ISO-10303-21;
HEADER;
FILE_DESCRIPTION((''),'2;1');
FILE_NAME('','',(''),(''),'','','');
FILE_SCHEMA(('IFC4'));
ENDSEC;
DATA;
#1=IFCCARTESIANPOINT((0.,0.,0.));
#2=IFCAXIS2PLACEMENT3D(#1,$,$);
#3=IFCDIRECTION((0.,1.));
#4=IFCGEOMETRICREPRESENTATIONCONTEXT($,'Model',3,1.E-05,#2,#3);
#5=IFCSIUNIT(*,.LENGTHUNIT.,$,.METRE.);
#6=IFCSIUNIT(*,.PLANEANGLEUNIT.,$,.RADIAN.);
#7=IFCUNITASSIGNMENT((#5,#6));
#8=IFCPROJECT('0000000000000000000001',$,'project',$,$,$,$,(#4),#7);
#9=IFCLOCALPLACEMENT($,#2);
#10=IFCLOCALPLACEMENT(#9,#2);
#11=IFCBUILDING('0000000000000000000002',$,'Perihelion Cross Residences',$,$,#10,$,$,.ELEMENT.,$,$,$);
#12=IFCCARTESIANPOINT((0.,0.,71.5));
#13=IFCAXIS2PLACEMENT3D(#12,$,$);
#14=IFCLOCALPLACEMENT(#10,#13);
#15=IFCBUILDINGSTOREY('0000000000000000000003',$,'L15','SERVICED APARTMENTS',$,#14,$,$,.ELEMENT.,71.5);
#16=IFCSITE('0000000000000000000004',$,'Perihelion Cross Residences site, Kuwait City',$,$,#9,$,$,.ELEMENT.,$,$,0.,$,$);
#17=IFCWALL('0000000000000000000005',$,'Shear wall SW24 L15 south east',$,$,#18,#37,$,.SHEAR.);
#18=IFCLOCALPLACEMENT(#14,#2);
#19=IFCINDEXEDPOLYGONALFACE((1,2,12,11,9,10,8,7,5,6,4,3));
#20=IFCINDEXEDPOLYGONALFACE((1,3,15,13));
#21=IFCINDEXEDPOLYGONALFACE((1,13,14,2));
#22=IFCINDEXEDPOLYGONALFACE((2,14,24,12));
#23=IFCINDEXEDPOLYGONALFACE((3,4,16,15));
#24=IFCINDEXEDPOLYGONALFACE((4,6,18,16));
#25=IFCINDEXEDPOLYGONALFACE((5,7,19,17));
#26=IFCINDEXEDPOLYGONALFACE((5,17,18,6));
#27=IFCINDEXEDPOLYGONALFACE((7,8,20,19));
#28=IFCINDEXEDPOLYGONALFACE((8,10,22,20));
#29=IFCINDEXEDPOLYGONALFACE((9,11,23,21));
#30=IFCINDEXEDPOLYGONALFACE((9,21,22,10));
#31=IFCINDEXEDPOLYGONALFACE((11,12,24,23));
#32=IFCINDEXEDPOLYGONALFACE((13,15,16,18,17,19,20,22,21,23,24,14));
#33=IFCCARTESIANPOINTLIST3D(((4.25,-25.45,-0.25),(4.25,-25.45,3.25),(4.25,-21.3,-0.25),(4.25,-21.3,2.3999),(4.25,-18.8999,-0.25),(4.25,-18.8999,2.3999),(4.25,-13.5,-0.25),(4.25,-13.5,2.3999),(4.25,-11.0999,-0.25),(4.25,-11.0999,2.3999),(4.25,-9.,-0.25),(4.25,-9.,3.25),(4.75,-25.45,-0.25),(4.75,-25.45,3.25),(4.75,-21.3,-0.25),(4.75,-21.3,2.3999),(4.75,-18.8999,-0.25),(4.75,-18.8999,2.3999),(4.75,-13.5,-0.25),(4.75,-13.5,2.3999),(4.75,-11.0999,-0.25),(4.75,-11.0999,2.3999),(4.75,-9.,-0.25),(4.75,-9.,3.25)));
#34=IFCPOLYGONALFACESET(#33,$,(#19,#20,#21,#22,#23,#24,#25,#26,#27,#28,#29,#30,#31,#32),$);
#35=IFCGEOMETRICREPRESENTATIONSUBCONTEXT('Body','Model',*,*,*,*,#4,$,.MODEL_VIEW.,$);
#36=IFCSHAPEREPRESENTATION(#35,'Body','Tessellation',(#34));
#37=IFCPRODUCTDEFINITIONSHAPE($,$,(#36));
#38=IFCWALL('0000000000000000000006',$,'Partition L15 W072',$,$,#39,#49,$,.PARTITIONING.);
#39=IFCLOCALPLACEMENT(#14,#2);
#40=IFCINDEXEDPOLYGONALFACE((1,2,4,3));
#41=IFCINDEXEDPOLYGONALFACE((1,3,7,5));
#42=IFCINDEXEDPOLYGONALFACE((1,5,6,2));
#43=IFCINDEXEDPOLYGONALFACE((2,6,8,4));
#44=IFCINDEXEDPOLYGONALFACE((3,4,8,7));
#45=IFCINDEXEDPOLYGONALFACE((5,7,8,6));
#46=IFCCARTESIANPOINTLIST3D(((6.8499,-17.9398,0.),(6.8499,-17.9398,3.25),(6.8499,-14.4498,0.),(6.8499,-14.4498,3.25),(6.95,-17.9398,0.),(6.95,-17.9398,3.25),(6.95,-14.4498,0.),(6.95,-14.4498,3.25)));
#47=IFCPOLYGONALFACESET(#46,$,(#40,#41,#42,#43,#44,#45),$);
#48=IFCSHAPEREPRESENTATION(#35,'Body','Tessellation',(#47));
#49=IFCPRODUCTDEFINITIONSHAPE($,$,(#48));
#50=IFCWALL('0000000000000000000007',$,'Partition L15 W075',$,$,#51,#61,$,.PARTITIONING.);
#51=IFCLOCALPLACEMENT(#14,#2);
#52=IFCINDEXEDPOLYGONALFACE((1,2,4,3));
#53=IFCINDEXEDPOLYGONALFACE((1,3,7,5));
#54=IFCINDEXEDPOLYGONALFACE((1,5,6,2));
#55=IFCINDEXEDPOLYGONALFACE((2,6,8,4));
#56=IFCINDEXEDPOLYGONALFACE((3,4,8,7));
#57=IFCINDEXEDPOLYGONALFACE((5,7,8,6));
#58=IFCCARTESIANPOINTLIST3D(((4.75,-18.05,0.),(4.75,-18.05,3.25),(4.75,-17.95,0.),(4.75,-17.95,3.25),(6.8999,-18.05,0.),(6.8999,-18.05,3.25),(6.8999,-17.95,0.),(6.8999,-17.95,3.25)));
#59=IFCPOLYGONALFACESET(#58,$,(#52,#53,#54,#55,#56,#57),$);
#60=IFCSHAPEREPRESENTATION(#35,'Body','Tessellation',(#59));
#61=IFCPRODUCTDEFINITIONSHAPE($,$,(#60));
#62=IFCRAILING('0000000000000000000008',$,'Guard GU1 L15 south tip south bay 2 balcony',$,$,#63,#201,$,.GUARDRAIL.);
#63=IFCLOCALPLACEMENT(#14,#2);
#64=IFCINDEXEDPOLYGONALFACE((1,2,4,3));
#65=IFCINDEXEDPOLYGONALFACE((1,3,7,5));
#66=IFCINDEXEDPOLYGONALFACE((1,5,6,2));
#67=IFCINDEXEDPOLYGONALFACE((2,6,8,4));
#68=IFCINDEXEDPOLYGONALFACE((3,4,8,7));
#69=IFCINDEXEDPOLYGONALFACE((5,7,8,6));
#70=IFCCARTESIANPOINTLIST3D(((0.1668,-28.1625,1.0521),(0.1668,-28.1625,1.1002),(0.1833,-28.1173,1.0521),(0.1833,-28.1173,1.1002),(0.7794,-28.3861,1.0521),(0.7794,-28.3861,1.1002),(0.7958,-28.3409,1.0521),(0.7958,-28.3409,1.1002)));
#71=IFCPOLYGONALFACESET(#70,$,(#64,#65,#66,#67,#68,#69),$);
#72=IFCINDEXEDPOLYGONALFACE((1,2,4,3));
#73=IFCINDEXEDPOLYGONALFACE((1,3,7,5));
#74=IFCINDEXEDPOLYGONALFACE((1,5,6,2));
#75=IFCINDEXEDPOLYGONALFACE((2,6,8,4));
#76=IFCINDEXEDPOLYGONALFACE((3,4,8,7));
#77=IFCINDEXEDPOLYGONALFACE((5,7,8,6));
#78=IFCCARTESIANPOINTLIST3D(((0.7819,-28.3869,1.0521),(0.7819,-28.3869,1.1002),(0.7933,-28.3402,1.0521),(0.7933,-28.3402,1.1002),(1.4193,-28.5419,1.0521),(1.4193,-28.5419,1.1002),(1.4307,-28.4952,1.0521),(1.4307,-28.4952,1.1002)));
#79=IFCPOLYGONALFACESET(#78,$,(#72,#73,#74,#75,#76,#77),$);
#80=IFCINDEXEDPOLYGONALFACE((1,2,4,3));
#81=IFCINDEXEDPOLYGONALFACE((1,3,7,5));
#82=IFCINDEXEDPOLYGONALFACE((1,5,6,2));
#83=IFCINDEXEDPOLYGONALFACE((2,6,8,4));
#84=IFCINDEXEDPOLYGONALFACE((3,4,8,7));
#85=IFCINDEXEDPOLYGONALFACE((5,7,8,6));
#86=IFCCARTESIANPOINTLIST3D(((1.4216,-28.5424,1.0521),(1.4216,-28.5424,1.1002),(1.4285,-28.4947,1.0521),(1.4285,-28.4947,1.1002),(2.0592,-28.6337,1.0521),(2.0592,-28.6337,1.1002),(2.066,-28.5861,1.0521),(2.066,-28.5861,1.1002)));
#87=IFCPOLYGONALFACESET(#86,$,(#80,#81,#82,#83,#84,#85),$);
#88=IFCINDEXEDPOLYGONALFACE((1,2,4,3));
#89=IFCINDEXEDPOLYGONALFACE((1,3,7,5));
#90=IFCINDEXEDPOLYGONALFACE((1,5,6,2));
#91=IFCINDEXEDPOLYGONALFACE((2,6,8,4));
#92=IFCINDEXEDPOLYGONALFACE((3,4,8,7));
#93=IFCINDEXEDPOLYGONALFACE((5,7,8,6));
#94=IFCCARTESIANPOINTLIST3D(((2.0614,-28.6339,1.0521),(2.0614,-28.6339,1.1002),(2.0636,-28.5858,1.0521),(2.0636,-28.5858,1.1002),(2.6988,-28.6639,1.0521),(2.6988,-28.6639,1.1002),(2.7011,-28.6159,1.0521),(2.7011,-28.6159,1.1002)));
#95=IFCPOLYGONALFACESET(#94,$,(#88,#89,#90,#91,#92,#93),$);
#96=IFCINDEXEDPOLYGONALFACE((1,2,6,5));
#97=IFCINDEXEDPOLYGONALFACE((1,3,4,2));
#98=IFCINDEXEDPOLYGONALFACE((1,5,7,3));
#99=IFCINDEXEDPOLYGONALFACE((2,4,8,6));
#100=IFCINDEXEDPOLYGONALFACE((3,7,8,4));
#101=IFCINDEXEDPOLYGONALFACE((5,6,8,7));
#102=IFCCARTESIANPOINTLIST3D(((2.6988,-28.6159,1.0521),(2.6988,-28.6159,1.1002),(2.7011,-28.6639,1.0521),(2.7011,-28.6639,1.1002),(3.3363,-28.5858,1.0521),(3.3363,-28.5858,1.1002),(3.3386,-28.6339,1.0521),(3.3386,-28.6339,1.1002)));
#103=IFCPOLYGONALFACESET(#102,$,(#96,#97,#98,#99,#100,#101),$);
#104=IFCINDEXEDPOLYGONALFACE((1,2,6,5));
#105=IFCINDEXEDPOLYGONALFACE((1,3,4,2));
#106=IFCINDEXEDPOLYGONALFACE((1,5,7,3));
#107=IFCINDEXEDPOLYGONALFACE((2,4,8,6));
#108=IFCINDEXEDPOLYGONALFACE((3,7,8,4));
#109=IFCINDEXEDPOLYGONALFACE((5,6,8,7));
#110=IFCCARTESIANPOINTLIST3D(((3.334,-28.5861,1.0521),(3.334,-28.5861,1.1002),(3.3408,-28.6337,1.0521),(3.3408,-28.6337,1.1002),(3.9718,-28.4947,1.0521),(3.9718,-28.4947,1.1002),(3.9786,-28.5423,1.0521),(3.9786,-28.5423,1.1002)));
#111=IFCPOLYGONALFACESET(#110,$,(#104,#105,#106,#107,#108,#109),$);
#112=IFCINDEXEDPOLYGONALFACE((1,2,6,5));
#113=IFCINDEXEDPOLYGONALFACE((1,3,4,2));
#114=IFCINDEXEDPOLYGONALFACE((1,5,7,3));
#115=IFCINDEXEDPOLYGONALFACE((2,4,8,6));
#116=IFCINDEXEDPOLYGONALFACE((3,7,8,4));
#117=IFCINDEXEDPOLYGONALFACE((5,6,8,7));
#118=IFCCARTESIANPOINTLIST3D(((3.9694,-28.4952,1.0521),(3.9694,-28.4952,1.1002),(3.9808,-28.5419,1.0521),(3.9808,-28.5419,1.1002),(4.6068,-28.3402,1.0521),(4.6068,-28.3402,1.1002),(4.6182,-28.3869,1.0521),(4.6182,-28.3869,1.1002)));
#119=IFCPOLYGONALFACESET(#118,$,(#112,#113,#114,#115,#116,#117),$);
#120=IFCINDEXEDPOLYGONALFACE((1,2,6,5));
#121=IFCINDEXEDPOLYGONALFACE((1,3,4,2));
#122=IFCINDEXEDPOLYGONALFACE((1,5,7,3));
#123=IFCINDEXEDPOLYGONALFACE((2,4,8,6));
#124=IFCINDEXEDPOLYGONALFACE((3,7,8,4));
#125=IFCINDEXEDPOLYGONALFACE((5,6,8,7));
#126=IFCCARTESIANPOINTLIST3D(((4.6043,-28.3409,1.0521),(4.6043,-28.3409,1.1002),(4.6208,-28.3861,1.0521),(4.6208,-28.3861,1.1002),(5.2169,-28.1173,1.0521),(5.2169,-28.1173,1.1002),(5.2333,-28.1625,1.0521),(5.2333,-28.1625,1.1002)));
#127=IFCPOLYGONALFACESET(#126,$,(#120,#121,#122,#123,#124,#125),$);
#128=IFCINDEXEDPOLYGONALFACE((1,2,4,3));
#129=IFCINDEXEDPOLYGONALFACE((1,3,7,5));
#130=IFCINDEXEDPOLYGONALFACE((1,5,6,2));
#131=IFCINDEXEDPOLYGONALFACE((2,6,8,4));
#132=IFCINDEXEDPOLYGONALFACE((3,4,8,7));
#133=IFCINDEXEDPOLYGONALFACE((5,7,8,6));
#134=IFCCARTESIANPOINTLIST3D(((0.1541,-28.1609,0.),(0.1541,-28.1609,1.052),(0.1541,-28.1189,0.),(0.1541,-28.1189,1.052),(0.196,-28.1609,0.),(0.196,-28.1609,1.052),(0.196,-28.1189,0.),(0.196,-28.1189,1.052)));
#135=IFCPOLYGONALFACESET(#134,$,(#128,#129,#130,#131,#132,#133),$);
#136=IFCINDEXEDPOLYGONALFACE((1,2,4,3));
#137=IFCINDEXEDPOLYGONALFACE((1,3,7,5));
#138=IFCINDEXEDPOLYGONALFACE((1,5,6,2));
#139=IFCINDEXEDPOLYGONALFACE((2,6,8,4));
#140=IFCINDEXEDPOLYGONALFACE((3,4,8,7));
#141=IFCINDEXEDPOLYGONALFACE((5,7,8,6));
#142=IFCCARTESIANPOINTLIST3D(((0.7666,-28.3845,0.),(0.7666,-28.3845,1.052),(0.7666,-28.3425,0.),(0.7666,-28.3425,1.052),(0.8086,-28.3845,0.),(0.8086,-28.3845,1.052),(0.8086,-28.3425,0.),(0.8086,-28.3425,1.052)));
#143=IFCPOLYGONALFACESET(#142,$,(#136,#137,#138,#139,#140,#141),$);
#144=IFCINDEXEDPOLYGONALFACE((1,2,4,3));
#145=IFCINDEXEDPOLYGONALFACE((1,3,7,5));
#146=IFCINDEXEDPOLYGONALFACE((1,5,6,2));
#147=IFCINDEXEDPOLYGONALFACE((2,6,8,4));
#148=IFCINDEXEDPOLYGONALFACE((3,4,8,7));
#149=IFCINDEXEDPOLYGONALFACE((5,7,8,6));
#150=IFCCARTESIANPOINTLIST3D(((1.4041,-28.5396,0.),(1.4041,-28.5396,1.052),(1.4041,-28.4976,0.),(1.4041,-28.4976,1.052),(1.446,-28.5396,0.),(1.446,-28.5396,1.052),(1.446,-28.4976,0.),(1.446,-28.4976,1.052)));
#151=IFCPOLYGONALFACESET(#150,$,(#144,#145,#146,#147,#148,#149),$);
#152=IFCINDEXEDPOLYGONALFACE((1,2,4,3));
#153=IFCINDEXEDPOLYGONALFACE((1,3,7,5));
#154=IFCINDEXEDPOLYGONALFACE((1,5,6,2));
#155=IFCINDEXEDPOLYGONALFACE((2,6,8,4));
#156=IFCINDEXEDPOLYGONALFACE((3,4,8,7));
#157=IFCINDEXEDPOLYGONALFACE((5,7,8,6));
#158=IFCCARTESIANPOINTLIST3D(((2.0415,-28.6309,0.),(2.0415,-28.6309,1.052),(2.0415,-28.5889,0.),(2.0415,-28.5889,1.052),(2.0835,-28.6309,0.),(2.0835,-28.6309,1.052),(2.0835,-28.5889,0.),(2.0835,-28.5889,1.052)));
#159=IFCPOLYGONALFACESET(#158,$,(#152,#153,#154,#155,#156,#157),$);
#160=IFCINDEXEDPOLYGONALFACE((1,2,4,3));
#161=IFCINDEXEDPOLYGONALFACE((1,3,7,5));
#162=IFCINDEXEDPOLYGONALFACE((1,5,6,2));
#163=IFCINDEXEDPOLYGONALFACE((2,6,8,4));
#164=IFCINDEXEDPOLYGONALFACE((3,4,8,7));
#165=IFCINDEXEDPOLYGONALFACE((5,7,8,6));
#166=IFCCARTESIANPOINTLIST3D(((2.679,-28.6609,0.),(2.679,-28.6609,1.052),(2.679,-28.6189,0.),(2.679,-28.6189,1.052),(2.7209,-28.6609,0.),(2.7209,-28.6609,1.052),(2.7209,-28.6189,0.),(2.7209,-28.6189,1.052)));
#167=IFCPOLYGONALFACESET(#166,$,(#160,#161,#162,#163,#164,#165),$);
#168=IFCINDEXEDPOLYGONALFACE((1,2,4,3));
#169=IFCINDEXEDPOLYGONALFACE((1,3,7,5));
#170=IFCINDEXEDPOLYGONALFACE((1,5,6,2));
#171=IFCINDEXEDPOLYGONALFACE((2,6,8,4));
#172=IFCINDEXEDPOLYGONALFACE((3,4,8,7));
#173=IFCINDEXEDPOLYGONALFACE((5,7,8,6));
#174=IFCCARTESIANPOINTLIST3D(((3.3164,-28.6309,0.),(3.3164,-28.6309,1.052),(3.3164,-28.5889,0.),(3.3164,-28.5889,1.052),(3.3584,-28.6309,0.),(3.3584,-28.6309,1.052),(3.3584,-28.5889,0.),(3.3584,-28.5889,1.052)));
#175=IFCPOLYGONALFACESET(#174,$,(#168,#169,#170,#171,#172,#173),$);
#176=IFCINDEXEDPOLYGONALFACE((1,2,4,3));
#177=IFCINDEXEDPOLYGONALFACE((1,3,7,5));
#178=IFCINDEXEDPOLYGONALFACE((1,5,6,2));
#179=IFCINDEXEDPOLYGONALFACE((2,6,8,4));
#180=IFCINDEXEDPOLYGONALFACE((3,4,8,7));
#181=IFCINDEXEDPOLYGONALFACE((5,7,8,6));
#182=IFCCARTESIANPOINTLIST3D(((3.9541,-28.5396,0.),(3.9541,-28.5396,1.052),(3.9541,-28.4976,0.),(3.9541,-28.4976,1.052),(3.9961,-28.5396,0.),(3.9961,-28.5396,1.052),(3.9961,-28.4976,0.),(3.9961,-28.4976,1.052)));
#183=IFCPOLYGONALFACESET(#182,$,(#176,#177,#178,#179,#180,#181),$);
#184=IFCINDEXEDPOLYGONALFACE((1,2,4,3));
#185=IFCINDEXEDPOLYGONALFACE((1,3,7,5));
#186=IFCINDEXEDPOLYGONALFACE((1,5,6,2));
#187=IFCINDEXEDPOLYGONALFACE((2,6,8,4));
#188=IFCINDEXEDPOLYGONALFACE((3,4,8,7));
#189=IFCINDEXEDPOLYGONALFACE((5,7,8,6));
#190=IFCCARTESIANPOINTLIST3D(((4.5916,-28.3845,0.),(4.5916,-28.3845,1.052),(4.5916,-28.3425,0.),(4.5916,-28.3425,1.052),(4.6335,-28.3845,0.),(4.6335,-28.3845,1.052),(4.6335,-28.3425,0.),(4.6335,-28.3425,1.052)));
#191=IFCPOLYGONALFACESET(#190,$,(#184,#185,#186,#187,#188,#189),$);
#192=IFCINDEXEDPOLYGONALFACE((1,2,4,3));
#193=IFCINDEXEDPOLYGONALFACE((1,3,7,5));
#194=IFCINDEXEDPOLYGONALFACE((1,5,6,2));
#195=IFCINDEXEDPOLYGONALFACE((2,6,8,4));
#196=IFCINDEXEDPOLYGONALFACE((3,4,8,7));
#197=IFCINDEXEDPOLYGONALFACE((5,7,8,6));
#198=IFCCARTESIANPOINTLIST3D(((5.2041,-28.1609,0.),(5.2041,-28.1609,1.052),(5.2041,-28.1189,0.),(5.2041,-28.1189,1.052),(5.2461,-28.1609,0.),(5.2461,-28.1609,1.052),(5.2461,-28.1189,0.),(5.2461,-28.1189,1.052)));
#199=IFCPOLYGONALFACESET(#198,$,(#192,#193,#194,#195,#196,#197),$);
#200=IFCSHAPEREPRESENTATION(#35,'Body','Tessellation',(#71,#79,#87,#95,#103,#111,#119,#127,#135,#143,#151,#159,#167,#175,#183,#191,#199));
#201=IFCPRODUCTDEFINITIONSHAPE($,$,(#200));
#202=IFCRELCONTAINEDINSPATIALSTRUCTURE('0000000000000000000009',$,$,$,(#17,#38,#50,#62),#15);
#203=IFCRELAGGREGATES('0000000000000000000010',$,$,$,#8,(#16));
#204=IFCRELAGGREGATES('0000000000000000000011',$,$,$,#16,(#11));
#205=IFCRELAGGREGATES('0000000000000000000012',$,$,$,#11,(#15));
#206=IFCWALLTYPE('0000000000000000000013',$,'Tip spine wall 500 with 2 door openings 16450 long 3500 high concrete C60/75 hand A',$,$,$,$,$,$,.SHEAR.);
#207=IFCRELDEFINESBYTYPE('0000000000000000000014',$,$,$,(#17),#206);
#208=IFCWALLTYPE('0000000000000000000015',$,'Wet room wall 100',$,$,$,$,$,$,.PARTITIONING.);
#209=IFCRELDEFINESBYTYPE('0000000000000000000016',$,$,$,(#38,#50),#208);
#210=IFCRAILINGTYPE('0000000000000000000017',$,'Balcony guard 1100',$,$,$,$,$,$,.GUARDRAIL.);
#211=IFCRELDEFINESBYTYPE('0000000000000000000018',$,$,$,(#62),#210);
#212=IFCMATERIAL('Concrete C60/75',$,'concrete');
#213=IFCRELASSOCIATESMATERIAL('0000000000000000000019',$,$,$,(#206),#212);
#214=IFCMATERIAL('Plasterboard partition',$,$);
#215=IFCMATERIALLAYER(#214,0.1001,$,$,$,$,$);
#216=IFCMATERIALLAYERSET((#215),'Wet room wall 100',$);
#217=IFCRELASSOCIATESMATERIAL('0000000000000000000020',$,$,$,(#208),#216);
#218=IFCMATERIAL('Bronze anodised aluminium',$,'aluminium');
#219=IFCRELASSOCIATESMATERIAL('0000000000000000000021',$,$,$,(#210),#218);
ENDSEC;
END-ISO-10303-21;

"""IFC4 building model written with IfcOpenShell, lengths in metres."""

from ifc_helpers import new_model, si_unit, direction, frame, frame_2d, origin, origin_2d, place, context, subcontext, project, spatial, polyline, rectangle, outline, extrude, material, layer, layer_set, material_profile, profile_set, type_object, element, save


model = new_model("IFC4")

# Units and contexts
model_context = context("Model", 3, precision=1e-05, world=origin(), true_north=direction((0.0, 1.0)))
body_context = subcontext(model_context, "Body", "Model", "MODEL_VIEW")
ifc_project = project(units=[si_unit("LENGTHUNIT", "METRE"), si_unit("PLANEANGLEUNIT", "RADIAN")], contexts=[model_context])

# Site, building, storey
site_placement = place(None, origin())
site = spatial("IfcSite", under=ifc_project, at=site_placement, Name="Perihelion Cross Residences site, Kuwait City", CompositionType="ELEMENT", RefElevation=0.0)
building_placement = place(site_placement, origin())
building = spatial("IfcBuilding", under=site, at=building_placement, Name="Perihelion Cross Residences", CompositionType="ELEMENT")
storey_placement = place(building_placement, frame((0.0, 0.0, 71.5)))
storey = spatial("IfcBuildingStorey", under=building, at=storey_placement, Name="L15", Description="SERVICED APARTMENTS", CompositionType="ELEMENT", Elevation=71.5)

# Walls
ifc_material_1 = material(Name="Concrete C60/75", Category="concrete")
ifc_material_profile_1 = material_profile(ifc_material_1, outline(polyline([(0.0, 0.0), (4.1499, 0.0), (4.1499, 2.6499), (6.55, 2.6499), (6.55, 0.0), (11.95, 0.0), (11.95, 2.6499), (14.3501, 2.6499), (14.3501, 0.0), (16.45, 0.0), (16.45, 3.5), (0.0, 3.5), (0.0, 0.0)])), Name="Tip spine wall")
ifc_profile_set_1 = profile_set([ifc_material_profile_1], Name="Concrete C60/75")
wall_type_1 = type_object("IfcWallType", Name="Tip spine wall 500 with 2 door openings 16450 long 3500 high concrete C60/75 hand A", PredefinedType="SHEAR", material=ifc_profile_set_1)
wall_1_placement = place(storey_placement, frame((4.25, -25.45, -0.25), z_axis=(1.0, 0.0, 0.0), x_axis=(0.0, 1.0, 0.0)))
element("IfcWall", 1, at=wall_1_placement, inside=storey, type_object=wall_type_1, Name="Shear wall SW24 L15 south east", PredefinedType="SHEAR", context=body_context, shape_type="SweptSolid", body=[
    extrude(outline(polyline([(0.0, 0.0), (4.1499, 0.0), (4.1499, 2.6499), (6.55, 2.6499), (6.55, 0.0), (11.95, 0.0), (11.95, 2.6499), (14.3501, 2.6499), (14.3501, 0.0), (16.45, 0.0), (16.45, 3.5), (0.0, 3.5), (0.0, 0.0)])), origin(), (0.0, 0.0, 1.0), 0.5),
])
ifc_material_2 = material(Name="Plasterboard partition")
ifc_layer_1 = layer(ifc_material_2, 0.1001)
ifc_layer_set_1 = layer_set([ifc_layer_1], Name="Wet room wall 100")
wall_type_2 = type_object("IfcWallType", Name="Wet room wall 100", PredefinedType="PARTITIONING", material=ifc_layer_set_1)
wall_2_placement = place(storey_placement, frame((6.8999, -17.9399, 0.0), z_axis=(0.0, 0.0, 1.0), x_axis=(0.0, 1.0, 0.0)))
element("IfcWall", 2, at=wall_2_placement, inside=storey, type_object=wall_type_2, Name="Partition L15 W072", PredefinedType="PARTITIONING", context=body_context, shape_type="SweptSolid", body=[
    extrude(rectangle(XDim=3.49, YDim=0.1001, at=frame_2d((1.7451, 0.0))), origin(), (0.0, 0.0, 1.0), 3.25),
])
wall_3_placement = place(storey_placement, frame((6.8999, -18.0, 0.0), z_axis=(0.0, 0.0, 1.0), x_axis=(-1.0, 0.0, 0.0)))
element("IfcWall", 3, at=wall_3_placement, inside=storey, type_object=wall_type_2, Name="Partition L15 W075", PredefinedType="PARTITIONING", context=body_context, shape_type="SweptSolid", body=[
    extrude(rectangle(XDim=2.1499, YDim=0.1001, at=frame_2d((1.075, 0.0))), origin(), (0.0, 0.0, 1.0), 3.25),
])

# Railing
ifc_material_3 = material(Name="Bronze anodised aluminium", Category="aluminium")
railing_type = type_object("IfcRailingType", Name="Balcony guard 1100", PredefinedType="GUARDRAIL", material=ifc_material_3)
railing_placement = place(storey_placement, frame((0.175, -28.1399, 0.0)))
element("IfcRailing", 4, at=railing_placement, inside=storey, type_object=railing_type, Name="Guard GU1 L15 south tip south bay 2 balcony", PredefinedType="GUARDRAIL", context=body_context, shape_type="SweptSolid", body=[
    extrude(rectangle(XDim=0.0481, YDim=0.0481, at=origin_2d()), frame((0.0, 0.0, 1.0762), z_axis=(0.939355, -0.342945, 0.0), x_axis=(0.342945, 0.939355, 0.0)), (0.0, 0.0, 1.0), 0.6521),
    extrude(rectangle(XDim=0.0481, YDim=0.0481, at=origin_2d()), frame((0.6125, -0.2236, 1.0762), z_axis=(0.971677, -0.236314, 0.0), x_axis=(0.236314, 0.971677, 0.0)), (0.0, 0.0, 1.0), 0.656),
    extrude(rectangle(XDim=0.0481, YDim=0.0481, at=origin_2d()), frame((1.25, -0.3787, 1.0762), z_axis=(0.989896, -0.141793, 0.0), x_axis=(0.141793, 0.989896, 0.0)), (0.0, 0.0, 1.0), 0.644),
    extrude(rectangle(XDim=0.0481, YDim=0.0481, at=origin_2d()), frame((1.8875, -0.47, 1.0762), z_axis=(0.998892, -0.047056, 0.0), x_axis=(0.047056, 0.998892, 0.0)), (0.0, 0.0, 1.0), 0.6382),
    extrude(rectangle(XDim=0.0481, YDim=0.0481, at=origin_2d()), frame((2.5249, -0.5, 1.0762), z_axis=(0.998892, 0.047056, 0.0), x_axis=(-0.047056, 0.998892, 0.0)), (0.0, 0.0, 1.0), 0.6382),
    extrude(rectangle(XDim=0.0481, YDim=0.0481, at=origin_2d()), frame((3.1624, -0.47, 1.0762), z_axis=(0.989904, 0.14174, 0.0), x_axis=(-0.14174, 0.989904, 0.0)), (0.0, 0.0, 1.0), 0.6443),
    extrude(rectangle(XDim=0.0481, YDim=0.0481, at=origin_2d()), frame((3.8, -0.3787, 1.0762), z_axis=(0.971677, 0.236314, 0.0), x_axis=(-0.236314, 0.971677, 0.0)), (0.0, 0.0, 1.0), 0.656),
    extrude(rectangle(XDim=0.0481, YDim=0.0481, at=origin_2d()), frame((4.4375, -0.2236, 1.0762), z_axis=(0.939355, 0.342945, 0.0), x_axis=(-0.342945, 0.939355, 0.0)), (0.0, 0.0, 1.0), 0.6521),
    extrude(rectangle(XDim=0.042, YDim=0.042, at=origin_2d()), origin(), (0.0, 0.0, 1.0), 1.052),
    extrude(rectangle(XDim=0.042, YDim=0.042, at=origin_2d()), frame((0.6125, -0.2236, 0.0)), (0.0, 0.0, 1.0), 1.052),
    extrude(rectangle(XDim=0.042, YDim=0.042, at=origin_2d()), frame((1.25, -0.3787, 0.0)), (0.0, 0.0, 1.0), 1.052),
    extrude(rectangle(XDim=0.042, YDim=0.042, at=origin_2d()), frame((1.8875, -0.47, 0.0)), (0.0, 0.0, 1.0), 1.052),
    extrude(rectangle(XDim=0.042, YDim=0.042, at=origin_2d()), frame((2.5249, -0.5, 0.0)), (0.0, 0.0, 1.0), 1.052),
    extrude(rectangle(XDim=0.042, YDim=0.042, at=origin_2d()), frame((3.1624, -0.47, 0.0)), (0.0, 0.0, 1.0), 1.052),
    extrude(rectangle(XDim=0.042, YDim=0.042, at=origin_2d()), frame((3.8, -0.3787, 0.0)), (0.0, 0.0, 1.0), 1.052),
    extrude(rectangle(XDim=0.042, YDim=0.042, at=origin_2d()), frame((4.4375, -0.2236, 0.0)), (0.0, 0.0, 1.0), 1.052),
    extrude(rectangle(XDim=0.042, YDim=0.042, at=origin_2d()), frame((5.05, 0.0, 0.0)), (0.0, 0.0, 1.0), 1.052),
])

save(model, "model.ifc")
